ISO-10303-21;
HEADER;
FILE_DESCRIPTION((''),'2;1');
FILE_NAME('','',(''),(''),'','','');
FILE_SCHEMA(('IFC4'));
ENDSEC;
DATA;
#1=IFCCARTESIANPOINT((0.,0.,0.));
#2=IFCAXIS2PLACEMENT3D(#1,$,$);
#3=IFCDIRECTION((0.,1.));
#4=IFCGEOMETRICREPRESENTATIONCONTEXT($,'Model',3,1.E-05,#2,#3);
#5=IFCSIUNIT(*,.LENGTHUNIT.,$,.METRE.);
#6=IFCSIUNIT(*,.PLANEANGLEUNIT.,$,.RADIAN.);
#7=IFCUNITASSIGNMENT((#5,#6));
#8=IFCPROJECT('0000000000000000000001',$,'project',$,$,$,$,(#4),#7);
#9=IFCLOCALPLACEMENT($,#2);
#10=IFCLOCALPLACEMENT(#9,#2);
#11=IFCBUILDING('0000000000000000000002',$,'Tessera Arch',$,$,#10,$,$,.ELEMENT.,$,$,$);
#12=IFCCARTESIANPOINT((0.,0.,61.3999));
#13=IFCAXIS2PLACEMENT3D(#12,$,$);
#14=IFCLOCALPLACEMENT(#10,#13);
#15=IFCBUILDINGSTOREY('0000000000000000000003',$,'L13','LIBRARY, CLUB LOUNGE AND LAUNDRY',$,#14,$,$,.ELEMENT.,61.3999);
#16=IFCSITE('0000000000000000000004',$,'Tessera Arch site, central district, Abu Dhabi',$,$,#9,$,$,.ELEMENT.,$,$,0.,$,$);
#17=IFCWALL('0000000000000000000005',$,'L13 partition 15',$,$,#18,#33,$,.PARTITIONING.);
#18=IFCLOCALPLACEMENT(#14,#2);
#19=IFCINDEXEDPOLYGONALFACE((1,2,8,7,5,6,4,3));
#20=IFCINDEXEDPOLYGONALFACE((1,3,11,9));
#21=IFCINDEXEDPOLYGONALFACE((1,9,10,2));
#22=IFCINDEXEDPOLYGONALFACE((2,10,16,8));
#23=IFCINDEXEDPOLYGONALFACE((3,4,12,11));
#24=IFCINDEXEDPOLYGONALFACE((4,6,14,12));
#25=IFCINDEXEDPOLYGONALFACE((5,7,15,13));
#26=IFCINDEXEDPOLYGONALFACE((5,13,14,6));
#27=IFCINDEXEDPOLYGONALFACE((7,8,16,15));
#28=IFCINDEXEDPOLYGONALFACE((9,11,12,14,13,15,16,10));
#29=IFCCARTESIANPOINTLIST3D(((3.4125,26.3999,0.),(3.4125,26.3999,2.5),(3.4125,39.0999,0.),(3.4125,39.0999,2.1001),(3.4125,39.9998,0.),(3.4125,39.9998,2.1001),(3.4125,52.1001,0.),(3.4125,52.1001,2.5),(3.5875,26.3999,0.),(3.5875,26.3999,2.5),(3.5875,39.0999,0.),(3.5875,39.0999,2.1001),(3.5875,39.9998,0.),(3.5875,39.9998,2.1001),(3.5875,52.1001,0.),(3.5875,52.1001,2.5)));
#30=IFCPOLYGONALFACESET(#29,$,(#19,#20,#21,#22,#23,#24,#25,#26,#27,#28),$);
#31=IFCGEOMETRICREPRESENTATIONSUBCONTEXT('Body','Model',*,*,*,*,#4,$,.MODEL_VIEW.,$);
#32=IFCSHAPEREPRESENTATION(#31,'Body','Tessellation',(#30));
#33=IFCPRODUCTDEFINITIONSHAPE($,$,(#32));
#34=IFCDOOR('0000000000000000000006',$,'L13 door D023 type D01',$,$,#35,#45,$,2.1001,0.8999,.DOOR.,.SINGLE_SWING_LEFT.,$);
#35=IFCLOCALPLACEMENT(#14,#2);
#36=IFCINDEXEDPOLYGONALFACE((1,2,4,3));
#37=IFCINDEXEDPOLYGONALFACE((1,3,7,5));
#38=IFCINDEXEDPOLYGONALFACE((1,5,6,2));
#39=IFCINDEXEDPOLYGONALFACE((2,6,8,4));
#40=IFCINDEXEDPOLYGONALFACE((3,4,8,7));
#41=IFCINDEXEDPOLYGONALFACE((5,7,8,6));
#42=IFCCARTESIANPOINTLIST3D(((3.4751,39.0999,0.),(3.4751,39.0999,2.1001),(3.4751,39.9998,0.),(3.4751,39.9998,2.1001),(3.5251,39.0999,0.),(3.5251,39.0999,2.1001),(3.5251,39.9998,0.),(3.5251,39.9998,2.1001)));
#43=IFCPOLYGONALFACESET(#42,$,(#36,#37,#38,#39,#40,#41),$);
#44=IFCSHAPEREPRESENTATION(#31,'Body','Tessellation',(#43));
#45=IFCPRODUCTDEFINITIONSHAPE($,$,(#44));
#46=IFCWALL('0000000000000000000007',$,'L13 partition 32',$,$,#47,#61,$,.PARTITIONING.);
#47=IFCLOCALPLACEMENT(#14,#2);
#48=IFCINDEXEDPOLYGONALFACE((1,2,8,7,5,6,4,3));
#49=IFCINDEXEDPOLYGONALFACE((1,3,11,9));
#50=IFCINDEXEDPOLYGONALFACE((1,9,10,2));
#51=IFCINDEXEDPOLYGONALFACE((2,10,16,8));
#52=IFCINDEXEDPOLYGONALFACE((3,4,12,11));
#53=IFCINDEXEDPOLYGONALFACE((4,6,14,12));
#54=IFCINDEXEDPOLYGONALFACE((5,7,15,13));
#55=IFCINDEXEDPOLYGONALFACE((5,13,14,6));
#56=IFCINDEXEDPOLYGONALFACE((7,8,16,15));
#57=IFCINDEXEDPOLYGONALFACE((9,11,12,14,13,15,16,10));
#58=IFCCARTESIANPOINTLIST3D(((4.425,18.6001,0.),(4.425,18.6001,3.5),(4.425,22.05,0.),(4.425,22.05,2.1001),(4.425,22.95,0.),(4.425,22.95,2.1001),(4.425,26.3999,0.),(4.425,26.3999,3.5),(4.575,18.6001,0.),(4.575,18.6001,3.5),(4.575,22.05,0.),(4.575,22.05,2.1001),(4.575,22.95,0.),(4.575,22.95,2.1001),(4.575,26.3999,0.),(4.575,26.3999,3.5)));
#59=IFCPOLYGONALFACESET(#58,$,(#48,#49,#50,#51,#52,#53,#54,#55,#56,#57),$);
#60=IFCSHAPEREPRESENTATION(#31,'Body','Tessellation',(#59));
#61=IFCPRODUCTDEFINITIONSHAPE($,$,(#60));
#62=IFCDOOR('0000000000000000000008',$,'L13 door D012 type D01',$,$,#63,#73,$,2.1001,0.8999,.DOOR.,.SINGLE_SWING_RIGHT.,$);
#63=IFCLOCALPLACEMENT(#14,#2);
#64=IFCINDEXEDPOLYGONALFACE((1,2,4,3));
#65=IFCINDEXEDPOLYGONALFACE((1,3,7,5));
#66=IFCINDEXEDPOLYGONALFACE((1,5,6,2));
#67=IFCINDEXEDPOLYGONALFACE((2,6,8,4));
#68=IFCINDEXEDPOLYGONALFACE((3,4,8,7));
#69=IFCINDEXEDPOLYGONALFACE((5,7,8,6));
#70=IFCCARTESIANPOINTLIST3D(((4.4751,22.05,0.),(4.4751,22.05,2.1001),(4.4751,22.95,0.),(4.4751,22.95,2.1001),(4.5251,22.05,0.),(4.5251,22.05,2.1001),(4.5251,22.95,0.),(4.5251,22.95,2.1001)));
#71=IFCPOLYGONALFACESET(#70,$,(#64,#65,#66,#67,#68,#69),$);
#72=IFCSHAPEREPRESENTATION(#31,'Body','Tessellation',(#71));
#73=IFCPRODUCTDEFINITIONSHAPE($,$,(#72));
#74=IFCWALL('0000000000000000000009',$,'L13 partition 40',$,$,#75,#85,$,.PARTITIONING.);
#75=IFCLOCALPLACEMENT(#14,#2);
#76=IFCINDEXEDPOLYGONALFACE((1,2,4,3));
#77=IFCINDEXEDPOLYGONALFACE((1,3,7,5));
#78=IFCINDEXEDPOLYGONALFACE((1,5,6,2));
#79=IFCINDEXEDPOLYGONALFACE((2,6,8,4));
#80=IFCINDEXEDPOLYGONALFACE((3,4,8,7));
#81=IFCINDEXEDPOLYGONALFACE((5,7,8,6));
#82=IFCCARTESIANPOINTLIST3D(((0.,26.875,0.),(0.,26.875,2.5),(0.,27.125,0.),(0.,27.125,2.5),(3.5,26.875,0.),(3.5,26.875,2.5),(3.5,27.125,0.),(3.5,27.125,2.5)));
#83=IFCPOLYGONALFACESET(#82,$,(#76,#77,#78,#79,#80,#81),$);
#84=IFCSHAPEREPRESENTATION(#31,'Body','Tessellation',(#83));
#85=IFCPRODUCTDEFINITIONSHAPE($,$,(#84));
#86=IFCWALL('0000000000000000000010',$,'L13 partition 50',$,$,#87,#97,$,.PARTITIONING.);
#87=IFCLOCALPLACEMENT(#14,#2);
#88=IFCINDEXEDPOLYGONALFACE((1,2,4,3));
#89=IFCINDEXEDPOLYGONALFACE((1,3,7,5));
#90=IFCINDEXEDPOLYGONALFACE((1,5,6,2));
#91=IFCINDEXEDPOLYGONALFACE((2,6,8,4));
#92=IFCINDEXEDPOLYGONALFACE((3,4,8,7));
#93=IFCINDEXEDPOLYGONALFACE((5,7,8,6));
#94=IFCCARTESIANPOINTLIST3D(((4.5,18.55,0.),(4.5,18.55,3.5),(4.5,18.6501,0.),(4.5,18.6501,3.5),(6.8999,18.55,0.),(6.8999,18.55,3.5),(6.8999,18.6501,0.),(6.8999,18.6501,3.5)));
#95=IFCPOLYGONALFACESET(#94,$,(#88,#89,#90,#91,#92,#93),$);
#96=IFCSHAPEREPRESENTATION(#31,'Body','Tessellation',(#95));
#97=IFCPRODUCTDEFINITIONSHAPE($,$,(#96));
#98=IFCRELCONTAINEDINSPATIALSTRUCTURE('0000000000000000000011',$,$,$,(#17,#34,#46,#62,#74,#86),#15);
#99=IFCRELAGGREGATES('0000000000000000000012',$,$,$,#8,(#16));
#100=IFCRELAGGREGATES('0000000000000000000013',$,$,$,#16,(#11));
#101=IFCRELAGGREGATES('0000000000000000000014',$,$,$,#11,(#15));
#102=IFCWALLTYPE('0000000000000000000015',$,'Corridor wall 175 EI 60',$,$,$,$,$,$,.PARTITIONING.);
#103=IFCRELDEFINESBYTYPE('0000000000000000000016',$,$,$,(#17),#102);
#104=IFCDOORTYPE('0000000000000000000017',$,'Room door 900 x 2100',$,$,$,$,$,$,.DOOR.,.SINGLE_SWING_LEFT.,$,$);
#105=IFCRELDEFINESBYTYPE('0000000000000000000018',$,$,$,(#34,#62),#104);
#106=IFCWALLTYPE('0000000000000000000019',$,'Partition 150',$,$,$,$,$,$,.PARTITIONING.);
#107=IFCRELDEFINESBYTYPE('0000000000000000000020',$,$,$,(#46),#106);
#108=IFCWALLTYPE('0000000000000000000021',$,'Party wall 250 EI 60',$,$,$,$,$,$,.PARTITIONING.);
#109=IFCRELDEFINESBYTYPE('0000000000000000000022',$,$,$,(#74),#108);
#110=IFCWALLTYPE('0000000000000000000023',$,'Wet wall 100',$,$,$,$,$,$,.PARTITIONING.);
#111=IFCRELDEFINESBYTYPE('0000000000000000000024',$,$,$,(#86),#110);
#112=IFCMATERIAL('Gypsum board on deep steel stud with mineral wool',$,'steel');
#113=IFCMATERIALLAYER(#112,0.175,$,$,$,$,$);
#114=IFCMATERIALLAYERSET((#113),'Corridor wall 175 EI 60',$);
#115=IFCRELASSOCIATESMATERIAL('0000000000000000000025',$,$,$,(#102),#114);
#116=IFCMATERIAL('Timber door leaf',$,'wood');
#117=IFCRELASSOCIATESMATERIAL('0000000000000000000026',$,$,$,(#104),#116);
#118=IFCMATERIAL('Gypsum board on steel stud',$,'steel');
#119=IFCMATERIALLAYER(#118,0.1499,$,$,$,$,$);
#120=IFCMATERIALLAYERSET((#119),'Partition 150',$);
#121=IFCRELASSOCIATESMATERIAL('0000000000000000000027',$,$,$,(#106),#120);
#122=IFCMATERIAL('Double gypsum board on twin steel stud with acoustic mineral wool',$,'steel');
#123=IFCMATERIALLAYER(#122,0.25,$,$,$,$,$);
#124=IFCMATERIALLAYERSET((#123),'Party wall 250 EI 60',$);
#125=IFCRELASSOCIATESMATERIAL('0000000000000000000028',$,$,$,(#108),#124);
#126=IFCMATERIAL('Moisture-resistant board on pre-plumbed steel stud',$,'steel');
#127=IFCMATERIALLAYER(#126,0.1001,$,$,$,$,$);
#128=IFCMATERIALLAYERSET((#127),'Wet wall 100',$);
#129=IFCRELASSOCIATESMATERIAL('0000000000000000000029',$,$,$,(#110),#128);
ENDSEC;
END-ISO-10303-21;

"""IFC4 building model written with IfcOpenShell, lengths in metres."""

from ifc_helpers import new_model, si_unit, direction, frame, frame_2d, origin, place, context, subcontext, project, spatial, rectangle, extrude, material, layer, layer_set, type_object, element, fill, save


model = new_model("IFC4")

# Units and contexts
model_context = context("Model", 3, precision=1e-05, world=origin(), true_north=direction((0.0, 1.0)))
body_context = subcontext(model_context, "Body", "Model", "MODEL_VIEW")
ifc_project = project(units=[si_unit("LENGTHUNIT", "METRE"), si_unit("PLANEANGLEUNIT", "RADIAN")], contexts=[model_context])

# Site, building, storey
site_placement = place(None, origin())
site = spatial("IfcSite", under=ifc_project, at=site_placement, Name="Tessera Arch site, central district, Abu Dhabi", CompositionType="ELEMENT", RefElevation=0.0)
building_placement = place(site_placement, origin())
building = spatial("IfcBuilding", under=site, at=building_placement, Name="Tessera Arch", CompositionType="ELEMENT")
storey_placement = place(building_placement, frame((0.0, 0.0, 61.3999)))
storey = spatial("IfcBuildingStorey", under=building, at=storey_placement, Name="L13", Description="LIBRARY, CLUB LOUNGE AND LAUNDRY", CompositionType="ELEMENT", Elevation=61.3999)

# Shared definitions
ifc_material_1 = material(Name="Gypsum board on deep steel stud with mineral wool", Category="steel")
ifc_layer_1 = layer(ifc_material_1, 0.175)
ifc_layer_set_1 = layer_set([ifc_layer_1], Name="Corridor wall 175 EI 60")
wall_type_1 = type_object("IfcWallType", Name="Corridor wall 175 EI 60", PredefinedType="PARTITIONING", material=ifc_layer_set_1)

# Walls, openings, doors
wall_1_placement = place(storey_placement, frame((3.5, 26.3999, 0.0), z_axis=(0.0, 0.0, 1.0), x_axis=(0.0, 1.0, 0.0)))
wall_1 = element("IfcWall", 1, at=wall_1_placement, inside=storey, type_object=wall_type_1, Name="L13 partition 15", PredefinedType="PARTITIONING", context=body_context, shape_type="SweptSolid", body=[
    extrude(rectangle(XDim=25.7002, YDim=0.175, at=frame_2d((12.8501, 0.0))), origin(), (0.0, 0.0, 1.0), 2.5),
])
opening_1_placement = place(wall_1_placement, frame((12.7, 0.0, 0.0)))
opening_1 = element("IfcOpeningElement", 2, at=opening_1_placement, cuts=wall_1, PredefinedType="OPENING", context=body_context, shape_type="SweptSolid", body=[
    extrude(rectangle(XDim=0.8999, YDim=2.1001, at=frame_2d((0.45, 1.05))), frame((0.0, 0.0974, 0.0), z_axis=(0.0, -1.0, 0.0), x_axis=(1.0, 0.0, 0.0)), (0.0, 0.0, 1.0), 0.1951),
])
ifc_material_2 = material(Name="Timber door leaf", Category="wood")
door_type = type_object("IfcDoorType", Name="Room door 900 x 2100", OperationType="SINGLE_SWING_LEFT", PredefinedType="DOOR", material=ifc_material_2)
door_1_placement = place(opening_1_placement, origin())
door_1 = element("IfcDoor", 3, at=door_1_placement, inside=storey, type_object=door_type, Name="L13 door D023 type D01", OperationType="SINGLE_SWING_LEFT", OverallHeight=2.1001, OverallWidth=0.8999, PredefinedType="DOOR", context=body_context, shape_type="SweptSolid", body=[
    extrude(rectangle(XDim=0.8999, YDim=2.1001, at=frame_2d((0.45, 1.05))), frame((0.0, 0.0249, 0.0), z_axis=(0.0, -1.0, 0.0), x_axis=(1.0, 0.0, 0.0)), (0.0, 0.0, 1.0), 0.05),
])
fill(opening_1, door_1)
ifc_material_3 = material(Name="Gypsum board on steel stud", Category="steel")
ifc_layer_2 = layer(ifc_material_3, 0.1499)
ifc_layer_set_2 = layer_set([ifc_layer_2], Name="Partition 150")
wall_type_2 = type_object("IfcWallType", Name="Partition 150", PredefinedType="PARTITIONING", material=ifc_layer_set_2)
wall_2_placement = place(storey_placement, frame((4.5, 18.6001, 0.0), z_axis=(0.0, 0.0, 1.0), x_axis=(0.0, 1.0, 0.0)))
wall_2 = element("IfcWall", 4, at=wall_2_placement, inside=storey, type_object=wall_type_2, Name="L13 partition 32", PredefinedType="PARTITIONING", context=body_context, shape_type="SweptSolid", body=[
    extrude(rectangle(XDim=7.7998, YDim=0.1499, at=frame_2d((3.8999, 0.0))), origin(), (0.0, 0.0, 1.0), 3.5),
])
opening_2_placement = place(wall_2_placement, frame((3.45, 0.0, 0.0)))
opening_2 = element("IfcOpeningElement", 5, at=opening_2_placement, cuts=wall_2, PredefinedType="OPENING", context=body_context, shape_type="SweptSolid", body=[
    extrude(rectangle(XDim=0.8999, YDim=2.1001, at=frame_2d((0.45, 1.05))), frame((0.0, 0.085, 0.0), z_axis=(0.0, -1.0, 0.0), x_axis=(1.0, 0.0, 0.0)), (0.0, 0.0, 1.0), 0.1699),
])
door_2_placement = place(opening_2_placement, origin())
door_2 = element("IfcDoor", 6, at=door_2_placement, inside=storey, type_object=door_type, Name="L13 door D012 type D01", OperationType="SINGLE_SWING_RIGHT", OverallHeight=2.1001, OverallWidth=0.8999, PredefinedType="DOOR", context=body_context, shape_type="SweptSolid", body=[
    extrude(rectangle(XDim=0.8999, YDim=2.1001, at=frame_2d((0.45, 1.05))), frame((0.0, 0.0249, 0.0), z_axis=(0.0, -1.0, 0.0), x_axis=(1.0, 0.0, 0.0)), (0.0, 0.0, 1.0), 0.05),
])
fill(opening_2, door_2)

# Walls
ifc_material_4 = material(Name="Double gypsum board on twin steel stud with acoustic mineral wool", Category="steel")
ifc_layer_3 = layer(ifc_material_4, 0.25)
ifc_layer_set_3 = layer_set([ifc_layer_3], Name="Party wall 250 EI 60")
wall_type_3 = type_object("IfcWallType", Name="Party wall 250 EI 60", PredefinedType="PARTITIONING", material=ifc_layer_set_3)
wall_3_placement = place(storey_placement, frame((0.0, 27.0, 0.0), z_axis=(0.0, 0.0, 1.0), x_axis=(1.0, 0.0, 0.0)))
element("IfcWall", 7, at=wall_3_placement, inside=storey, type_object=wall_type_3, Name="L13 partition 40", PredefinedType="PARTITIONING", context=body_context, shape_type="SweptSolid", body=[
    extrude(rectangle(XDim=3.5, YDim=0.25, at=frame_2d((1.75, 0.0))), origin(), (0.0, 0.0, 1.0), 2.5),
])
ifc_material_5 = material(Name="Moisture-resistant board on pre-plumbed steel stud", Category="steel")
ifc_layer_4 = layer(ifc_material_5, 0.1001)
ifc_layer_set_4 = layer_set([ifc_layer_4], Name="Wet wall 100")
wall_type_4 = type_object("IfcWallType", Name="Wet wall 100", PredefinedType="PARTITIONING", material=ifc_layer_set_4)
wall_4_placement = place(storey_placement, frame((4.5, 18.6001, 0.0), z_axis=(0.0, 0.0, 1.0), x_axis=(1.0, 0.0, 0.0)))
element("IfcWall", 8, at=wall_4_placement, inside=storey, type_object=wall_type_4, Name="L13 partition 50", PredefinedType="PARTITIONING", context=body_context, shape_type="SweptSolid", body=[
    extrude(rectangle(XDim=2.3999, YDim=0.1001, at=frame_2d((1.2, 0.0))), origin(), (0.0, 0.0, 1.0), 3.5),
])

save(model, "model.ifc")
